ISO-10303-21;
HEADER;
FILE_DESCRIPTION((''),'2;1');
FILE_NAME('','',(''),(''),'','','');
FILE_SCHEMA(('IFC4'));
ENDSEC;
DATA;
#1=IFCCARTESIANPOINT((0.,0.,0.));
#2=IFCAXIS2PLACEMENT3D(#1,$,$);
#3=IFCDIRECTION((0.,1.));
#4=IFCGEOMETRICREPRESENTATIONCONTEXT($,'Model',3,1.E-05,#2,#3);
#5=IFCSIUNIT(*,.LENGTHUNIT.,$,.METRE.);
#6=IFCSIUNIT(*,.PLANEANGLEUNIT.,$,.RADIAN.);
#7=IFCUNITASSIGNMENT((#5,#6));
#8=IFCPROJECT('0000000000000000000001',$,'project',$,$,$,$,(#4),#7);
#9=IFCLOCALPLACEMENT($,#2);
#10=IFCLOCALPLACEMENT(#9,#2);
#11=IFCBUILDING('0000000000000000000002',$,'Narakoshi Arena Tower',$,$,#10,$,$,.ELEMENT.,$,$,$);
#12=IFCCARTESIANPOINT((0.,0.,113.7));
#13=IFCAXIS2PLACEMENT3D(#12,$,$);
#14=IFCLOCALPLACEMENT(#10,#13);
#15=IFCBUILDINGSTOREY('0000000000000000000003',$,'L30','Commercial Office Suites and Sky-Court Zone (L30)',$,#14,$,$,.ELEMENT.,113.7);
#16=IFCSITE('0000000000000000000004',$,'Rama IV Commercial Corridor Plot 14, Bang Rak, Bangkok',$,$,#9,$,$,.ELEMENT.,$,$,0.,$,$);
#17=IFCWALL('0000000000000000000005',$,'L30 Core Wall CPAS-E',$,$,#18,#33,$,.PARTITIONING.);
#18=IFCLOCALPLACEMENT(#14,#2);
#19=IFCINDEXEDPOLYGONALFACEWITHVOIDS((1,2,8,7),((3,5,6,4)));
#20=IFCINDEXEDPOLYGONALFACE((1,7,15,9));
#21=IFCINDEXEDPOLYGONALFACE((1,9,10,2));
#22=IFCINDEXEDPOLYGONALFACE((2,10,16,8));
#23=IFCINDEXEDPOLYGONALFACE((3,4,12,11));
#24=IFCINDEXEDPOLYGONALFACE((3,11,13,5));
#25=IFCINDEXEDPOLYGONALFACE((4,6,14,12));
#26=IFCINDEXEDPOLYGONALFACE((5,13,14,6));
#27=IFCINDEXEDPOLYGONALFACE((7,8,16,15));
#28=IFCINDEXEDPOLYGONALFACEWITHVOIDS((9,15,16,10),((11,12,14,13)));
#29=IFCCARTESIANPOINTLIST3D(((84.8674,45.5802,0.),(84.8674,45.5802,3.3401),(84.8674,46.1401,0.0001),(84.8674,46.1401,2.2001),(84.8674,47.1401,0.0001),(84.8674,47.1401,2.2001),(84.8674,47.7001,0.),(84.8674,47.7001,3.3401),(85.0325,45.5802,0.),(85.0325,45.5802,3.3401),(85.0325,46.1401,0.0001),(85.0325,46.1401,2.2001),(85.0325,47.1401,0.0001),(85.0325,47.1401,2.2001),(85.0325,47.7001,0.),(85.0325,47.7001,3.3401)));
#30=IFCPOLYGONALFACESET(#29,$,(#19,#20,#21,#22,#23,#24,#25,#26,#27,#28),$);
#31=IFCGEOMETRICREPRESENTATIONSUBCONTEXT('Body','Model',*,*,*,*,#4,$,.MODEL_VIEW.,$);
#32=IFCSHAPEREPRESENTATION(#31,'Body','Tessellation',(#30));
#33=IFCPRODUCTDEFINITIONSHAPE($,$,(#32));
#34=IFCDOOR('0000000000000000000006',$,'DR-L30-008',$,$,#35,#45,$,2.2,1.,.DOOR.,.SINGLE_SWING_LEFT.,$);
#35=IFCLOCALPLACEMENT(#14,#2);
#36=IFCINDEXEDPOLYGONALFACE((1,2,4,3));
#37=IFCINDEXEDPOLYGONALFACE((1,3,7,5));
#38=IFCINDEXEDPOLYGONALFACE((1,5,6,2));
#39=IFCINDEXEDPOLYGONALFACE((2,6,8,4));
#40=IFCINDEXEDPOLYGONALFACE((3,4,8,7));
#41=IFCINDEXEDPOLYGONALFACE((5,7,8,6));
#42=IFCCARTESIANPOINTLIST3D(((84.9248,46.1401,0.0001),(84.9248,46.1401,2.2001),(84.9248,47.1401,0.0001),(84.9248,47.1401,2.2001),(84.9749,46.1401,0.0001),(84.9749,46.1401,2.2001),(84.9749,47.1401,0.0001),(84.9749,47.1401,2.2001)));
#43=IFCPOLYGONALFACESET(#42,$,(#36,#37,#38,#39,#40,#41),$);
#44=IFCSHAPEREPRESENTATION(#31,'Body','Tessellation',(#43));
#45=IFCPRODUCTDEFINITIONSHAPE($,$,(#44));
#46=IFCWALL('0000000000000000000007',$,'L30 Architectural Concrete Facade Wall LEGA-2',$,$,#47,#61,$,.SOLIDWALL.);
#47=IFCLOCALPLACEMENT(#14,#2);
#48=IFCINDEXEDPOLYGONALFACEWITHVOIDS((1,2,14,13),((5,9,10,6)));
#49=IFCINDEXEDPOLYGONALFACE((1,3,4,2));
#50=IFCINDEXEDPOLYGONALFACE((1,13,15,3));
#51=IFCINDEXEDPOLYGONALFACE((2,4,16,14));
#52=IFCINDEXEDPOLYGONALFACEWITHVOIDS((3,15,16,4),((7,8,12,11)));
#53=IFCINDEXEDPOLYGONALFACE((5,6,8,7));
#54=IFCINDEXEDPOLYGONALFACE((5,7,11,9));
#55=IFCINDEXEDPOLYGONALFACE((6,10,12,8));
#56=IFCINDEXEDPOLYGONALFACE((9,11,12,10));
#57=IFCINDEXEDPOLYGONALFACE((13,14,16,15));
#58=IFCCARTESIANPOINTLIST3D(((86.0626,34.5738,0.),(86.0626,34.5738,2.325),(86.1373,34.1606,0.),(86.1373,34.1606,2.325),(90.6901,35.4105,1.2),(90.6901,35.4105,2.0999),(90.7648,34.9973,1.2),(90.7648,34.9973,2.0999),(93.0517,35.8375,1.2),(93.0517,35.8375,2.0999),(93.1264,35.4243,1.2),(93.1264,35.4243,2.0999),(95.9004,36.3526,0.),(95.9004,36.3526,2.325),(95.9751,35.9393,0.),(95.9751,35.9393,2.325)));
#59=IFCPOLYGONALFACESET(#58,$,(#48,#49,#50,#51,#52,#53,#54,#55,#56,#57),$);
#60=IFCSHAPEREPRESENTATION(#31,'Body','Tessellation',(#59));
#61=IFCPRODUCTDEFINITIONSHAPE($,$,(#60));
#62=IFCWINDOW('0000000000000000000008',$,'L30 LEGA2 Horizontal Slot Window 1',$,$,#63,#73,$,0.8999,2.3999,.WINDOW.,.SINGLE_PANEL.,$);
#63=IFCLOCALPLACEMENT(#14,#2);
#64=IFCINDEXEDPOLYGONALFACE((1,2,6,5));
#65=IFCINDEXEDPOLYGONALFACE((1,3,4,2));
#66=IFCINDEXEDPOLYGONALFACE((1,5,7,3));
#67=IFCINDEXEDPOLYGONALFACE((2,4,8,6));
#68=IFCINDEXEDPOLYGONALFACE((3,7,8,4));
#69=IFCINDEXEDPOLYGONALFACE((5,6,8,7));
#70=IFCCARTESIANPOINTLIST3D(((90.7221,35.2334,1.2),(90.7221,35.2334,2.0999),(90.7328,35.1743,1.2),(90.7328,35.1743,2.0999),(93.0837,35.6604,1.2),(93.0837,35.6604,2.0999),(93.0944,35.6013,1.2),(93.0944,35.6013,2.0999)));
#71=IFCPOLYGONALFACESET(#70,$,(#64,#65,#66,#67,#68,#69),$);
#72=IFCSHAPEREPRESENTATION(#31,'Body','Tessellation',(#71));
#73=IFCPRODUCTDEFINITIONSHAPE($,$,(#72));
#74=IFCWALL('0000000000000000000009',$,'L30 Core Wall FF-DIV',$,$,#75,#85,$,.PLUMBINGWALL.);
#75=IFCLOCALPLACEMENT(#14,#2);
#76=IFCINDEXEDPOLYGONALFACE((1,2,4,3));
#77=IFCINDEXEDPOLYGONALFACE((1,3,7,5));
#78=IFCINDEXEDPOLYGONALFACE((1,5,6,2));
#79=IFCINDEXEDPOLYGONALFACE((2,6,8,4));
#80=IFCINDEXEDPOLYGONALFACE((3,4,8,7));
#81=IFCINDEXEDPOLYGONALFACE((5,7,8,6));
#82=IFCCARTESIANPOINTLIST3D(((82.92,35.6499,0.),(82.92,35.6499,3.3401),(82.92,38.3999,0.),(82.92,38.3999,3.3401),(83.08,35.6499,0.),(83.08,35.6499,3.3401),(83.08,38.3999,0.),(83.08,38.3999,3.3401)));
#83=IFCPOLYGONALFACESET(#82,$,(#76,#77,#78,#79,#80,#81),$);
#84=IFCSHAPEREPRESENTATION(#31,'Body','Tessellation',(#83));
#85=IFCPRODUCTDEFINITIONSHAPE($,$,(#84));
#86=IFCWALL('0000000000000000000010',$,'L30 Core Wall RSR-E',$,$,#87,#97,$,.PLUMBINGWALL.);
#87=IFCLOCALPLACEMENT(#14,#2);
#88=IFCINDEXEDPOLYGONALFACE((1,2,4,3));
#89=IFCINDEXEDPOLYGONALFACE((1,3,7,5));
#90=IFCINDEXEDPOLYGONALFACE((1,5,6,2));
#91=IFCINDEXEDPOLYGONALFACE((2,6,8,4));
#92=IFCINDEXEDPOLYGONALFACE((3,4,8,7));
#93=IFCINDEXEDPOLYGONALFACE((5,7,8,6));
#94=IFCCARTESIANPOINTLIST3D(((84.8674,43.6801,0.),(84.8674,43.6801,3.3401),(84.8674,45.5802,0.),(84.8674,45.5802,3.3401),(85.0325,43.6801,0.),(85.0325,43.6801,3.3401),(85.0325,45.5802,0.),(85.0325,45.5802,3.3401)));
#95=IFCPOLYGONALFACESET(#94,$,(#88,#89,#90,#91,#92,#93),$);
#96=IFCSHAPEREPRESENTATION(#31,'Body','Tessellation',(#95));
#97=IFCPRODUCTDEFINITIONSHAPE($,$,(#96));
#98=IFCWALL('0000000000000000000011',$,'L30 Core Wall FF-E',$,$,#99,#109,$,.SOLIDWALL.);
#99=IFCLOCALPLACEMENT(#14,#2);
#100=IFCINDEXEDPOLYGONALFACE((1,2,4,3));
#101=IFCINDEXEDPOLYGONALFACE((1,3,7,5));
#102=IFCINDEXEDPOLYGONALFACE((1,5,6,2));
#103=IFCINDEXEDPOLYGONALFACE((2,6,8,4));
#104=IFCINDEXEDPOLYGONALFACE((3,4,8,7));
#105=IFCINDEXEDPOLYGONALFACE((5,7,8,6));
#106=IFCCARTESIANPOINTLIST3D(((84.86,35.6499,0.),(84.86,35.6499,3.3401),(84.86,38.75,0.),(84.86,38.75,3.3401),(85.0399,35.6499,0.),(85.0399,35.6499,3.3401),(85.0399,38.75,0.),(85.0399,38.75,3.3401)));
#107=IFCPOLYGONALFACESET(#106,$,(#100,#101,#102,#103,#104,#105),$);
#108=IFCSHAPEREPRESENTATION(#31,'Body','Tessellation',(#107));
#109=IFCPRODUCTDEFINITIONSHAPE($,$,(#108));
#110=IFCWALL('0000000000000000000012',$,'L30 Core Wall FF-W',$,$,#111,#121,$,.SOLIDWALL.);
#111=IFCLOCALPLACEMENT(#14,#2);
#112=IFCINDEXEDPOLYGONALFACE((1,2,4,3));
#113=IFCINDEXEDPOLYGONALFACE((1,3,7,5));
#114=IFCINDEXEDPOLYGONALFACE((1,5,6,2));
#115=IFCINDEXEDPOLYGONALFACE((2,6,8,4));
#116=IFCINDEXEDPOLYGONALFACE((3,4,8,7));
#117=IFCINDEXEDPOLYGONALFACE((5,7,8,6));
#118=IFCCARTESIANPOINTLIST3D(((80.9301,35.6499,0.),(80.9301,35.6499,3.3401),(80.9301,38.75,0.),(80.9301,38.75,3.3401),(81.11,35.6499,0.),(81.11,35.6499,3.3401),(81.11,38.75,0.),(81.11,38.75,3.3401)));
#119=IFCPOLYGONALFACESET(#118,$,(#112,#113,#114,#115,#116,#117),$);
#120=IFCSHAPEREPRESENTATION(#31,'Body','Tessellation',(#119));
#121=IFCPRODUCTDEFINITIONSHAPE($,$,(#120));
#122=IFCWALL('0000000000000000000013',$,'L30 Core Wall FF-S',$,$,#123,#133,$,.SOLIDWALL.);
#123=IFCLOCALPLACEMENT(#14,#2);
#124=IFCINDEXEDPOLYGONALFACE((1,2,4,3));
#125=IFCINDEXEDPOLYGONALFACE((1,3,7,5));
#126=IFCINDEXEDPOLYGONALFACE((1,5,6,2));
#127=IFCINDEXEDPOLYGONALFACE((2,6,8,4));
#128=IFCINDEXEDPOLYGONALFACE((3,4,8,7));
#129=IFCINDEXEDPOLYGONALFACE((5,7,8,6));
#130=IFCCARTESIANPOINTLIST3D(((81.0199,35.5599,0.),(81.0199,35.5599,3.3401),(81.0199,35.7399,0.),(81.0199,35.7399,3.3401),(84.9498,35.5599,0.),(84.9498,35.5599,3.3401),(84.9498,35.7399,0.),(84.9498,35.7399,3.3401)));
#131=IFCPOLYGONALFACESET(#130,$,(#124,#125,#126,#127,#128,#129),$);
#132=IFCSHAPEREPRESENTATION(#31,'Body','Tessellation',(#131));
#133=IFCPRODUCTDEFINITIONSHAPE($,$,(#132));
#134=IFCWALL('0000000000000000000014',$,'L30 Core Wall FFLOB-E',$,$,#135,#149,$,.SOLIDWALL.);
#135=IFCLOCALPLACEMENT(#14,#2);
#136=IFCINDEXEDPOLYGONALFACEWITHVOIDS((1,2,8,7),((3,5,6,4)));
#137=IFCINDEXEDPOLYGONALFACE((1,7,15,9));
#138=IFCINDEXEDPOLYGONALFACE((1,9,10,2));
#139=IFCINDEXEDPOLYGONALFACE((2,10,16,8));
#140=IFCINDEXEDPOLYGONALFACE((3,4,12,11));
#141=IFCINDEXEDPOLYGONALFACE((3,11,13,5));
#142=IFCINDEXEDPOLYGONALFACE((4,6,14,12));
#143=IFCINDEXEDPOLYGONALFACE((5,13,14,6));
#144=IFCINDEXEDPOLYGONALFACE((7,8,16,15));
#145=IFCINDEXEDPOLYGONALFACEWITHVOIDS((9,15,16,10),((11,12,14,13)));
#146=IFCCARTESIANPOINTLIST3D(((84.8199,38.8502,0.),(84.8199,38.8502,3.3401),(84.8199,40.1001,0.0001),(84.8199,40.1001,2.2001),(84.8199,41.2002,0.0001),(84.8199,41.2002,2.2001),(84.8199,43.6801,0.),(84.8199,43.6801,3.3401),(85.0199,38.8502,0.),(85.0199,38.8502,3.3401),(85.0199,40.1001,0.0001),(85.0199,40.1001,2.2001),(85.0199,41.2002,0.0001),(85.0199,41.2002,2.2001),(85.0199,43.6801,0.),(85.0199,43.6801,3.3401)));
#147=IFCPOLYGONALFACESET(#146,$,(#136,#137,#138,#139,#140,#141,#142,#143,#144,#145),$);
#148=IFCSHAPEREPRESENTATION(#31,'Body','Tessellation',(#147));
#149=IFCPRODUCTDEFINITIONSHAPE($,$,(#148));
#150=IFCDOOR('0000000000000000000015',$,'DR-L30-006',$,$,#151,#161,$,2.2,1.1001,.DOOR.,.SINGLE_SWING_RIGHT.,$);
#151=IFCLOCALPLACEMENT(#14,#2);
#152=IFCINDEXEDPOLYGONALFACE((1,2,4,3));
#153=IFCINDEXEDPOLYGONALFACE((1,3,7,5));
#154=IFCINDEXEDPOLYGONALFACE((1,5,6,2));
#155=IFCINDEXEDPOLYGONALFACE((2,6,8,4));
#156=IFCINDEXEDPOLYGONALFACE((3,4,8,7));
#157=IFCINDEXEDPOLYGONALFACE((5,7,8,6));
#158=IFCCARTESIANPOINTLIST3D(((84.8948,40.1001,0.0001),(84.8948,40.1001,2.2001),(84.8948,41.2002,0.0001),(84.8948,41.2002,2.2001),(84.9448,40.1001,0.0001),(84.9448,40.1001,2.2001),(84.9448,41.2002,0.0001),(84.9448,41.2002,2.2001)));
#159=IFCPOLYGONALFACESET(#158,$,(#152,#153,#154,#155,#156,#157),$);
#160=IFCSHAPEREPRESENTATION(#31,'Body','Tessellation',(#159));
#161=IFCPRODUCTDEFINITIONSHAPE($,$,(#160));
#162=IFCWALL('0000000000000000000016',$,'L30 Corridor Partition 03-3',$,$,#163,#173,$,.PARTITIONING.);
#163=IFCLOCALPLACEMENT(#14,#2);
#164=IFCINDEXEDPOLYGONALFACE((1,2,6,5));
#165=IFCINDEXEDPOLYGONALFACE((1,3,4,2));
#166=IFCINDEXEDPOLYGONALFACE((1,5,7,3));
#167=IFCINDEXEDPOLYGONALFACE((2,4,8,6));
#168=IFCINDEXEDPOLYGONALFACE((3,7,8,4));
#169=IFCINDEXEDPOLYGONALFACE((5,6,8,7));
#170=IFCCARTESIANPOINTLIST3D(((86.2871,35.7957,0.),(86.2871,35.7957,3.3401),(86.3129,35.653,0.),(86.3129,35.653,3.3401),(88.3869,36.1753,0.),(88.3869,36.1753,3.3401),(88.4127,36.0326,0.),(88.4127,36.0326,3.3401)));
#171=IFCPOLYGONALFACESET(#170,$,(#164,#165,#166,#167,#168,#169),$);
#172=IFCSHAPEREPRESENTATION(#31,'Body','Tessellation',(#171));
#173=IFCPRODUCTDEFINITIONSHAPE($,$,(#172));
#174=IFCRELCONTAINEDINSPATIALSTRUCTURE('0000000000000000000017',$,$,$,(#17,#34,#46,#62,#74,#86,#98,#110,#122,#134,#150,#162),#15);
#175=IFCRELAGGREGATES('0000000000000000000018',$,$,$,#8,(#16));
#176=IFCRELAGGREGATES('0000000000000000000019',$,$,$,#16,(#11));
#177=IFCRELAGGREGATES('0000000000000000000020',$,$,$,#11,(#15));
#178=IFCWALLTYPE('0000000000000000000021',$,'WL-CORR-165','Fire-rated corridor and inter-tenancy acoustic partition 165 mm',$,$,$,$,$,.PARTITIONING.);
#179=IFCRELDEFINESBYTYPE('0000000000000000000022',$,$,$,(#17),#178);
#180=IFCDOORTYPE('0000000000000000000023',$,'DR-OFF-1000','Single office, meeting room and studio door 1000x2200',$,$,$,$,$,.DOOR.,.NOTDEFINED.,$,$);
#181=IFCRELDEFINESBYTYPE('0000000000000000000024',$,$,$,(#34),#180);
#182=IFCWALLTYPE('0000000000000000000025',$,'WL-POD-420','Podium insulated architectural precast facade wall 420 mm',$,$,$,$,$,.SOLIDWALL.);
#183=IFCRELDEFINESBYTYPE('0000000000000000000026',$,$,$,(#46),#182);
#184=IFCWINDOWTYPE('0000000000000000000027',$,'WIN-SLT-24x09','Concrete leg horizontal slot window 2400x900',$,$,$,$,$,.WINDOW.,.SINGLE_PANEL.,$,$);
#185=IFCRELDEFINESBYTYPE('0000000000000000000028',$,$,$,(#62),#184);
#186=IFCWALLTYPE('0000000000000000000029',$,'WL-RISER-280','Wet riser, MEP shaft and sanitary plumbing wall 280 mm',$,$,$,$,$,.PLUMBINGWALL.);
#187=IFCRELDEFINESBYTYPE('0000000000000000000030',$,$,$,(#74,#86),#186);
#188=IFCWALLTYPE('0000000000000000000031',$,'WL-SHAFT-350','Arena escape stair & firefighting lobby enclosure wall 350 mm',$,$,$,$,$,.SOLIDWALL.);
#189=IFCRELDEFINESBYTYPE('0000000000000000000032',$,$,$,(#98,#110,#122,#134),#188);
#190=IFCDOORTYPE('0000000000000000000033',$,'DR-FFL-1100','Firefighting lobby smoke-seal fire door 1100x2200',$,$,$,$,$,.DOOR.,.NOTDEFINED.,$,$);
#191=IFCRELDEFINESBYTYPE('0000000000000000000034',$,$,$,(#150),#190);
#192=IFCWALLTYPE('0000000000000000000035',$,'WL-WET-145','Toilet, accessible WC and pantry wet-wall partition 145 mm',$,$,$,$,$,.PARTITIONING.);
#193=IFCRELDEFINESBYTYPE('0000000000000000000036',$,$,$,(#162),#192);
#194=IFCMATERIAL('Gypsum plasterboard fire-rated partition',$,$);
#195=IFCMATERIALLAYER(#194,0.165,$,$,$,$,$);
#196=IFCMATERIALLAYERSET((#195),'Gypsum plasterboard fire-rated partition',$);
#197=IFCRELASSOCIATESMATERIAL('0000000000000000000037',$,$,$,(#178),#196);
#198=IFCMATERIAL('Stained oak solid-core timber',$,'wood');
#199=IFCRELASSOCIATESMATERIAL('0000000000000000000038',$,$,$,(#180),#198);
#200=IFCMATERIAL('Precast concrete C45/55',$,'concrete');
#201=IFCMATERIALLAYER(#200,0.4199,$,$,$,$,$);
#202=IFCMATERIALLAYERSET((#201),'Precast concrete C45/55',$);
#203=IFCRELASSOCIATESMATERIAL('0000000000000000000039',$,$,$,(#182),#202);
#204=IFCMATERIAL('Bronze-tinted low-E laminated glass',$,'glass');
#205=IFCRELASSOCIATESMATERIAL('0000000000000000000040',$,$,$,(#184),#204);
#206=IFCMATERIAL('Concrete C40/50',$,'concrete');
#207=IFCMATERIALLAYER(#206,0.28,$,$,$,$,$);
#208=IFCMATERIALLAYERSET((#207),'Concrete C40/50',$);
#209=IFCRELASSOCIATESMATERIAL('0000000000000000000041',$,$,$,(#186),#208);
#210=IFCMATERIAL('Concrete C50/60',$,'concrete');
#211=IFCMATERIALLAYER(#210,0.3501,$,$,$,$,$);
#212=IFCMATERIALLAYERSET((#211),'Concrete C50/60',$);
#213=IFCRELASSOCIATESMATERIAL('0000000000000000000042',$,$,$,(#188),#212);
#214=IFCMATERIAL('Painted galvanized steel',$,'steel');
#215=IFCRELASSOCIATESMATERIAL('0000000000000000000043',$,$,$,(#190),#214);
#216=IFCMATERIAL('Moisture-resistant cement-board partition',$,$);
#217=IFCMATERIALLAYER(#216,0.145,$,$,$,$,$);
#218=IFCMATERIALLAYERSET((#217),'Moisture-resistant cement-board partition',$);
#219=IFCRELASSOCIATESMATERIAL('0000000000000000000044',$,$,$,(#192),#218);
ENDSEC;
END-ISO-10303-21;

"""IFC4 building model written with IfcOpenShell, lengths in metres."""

from ifc_helpers import new_model, si_unit, direction, frame, frame_2d, origin, place, context, subcontext, project, spatial, rectangle, extrude, material, layer, layer_set, type_object, element, fill, save


model = new_model("IFC4")

# Units and contexts
model_context = context("Model", 3, precision=1e-05, world=origin(), true_north=direction((0.0, 1.0)))
body_context = subcontext(model_context, "Body", "Model", "MODEL_VIEW")
ifc_project = project(units=[si_unit("LENGTHUNIT", "METRE"), si_unit("PLANEANGLEUNIT", "RADIAN")], contexts=[model_context])

# Site, building, storey
site_placement = place(None, origin())
site = spatial("IfcSite", under=ifc_project, at=site_placement, Name="Rama IV Commercial Corridor Plot 14, Bang Rak, Bangkok", CompositionType="ELEMENT", RefElevation=0.0)
building_placement = place(site_placement, origin())
building = spatial("IfcBuilding", under=site, at=building_placement, Name="Narakoshi Arena Tower", CompositionType="ELEMENT")
storey_placement = place(building_placement, frame((0.0, 0.0, 113.7)))
storey = spatial("IfcBuildingStorey", under=building, at=storey_placement, Name="L30", Description="Commercial Office Suites and Sky-Court Zone (L30)", CompositionType="ELEMENT", Elevation=113.7)

# Wall, opening, door
ifc_material_1 = material(Name="Gypsum plasterboard fire-rated partition")
ifc_layer_1 = layer(ifc_material_1, 0.165)
ifc_layer_set_1 = layer_set([ifc_layer_1], Name="Gypsum plasterboard fire-rated partition")
wall_type_1 = type_object("IfcWallType", Name="WL-CORR-165", Description="Fire-rated corridor and inter-tenancy acoustic partition 165 mm", PredefinedType="PARTITIONING", material=ifc_layer_set_1)
wall_1_placement = place(storey_placement, frame((84.95, 45.5801, 0.0), z_axis=(0.0, 0.0, 1.0), x_axis=(0.0, 1.0, 0.0)))
wall_1 = element("IfcWall", 1, at=wall_1_placement, inside=storey, type_object=wall_type_1, Name="L30 Core Wall CPAS-E", PredefinedType="PARTITIONING", context=body_context, shape_type="SweptSolid", body=[
    extrude(rectangle(XDim=2.1199, YDim=0.165, at=frame_2d((1.0601, 0.0))), origin(), (0.0, 0.0, 1.0), 3.3401),
])
opening_1_placement = place(wall_1_placement, frame((0.5601, 0.0, 0.0)))
opening_1 = element("IfcOpeningElement", 2, at=opening_1_placement, cuts=wall_1, PredefinedType="OPENING", context=body_context, shape_type="SweptSolid", body=[
    extrude(rectangle(XDim=1.0, YDim=2.2, at=frame_2d((0.5, 1.1001))), frame((0.0, 0.0925, 0.0), z_axis=(0.0, -1.0, 0.0), x_axis=(1.0, 0.0, 0.0)), (0.0, 0.0, 1.0), 0.1851),
])
ifc_material_2 = material(Name="Stained oak solid-core timber", Category="wood")
door_type_1 = type_object("IfcDoorType", Name="DR-OFF-1000", Description="Single office, meeting room and studio door 1000x2200", OperationType="NOTDEFINED", PredefinedType="DOOR", material=ifc_material_2)
door_1_placement = place(opening_1_placement, frame((1.0, 0.0, 0.0), z_axis=(0.0, 0.0, 1.0), x_axis=(-1.0, 0.0, 0.0)))
door_1 = element("IfcDoor", 3, at=door_1_placement, inside=storey, type_object=door_type_1, Name="DR-L30-008", OperationType="SINGLE_SWING_LEFT", OverallHeight=2.2, OverallWidth=1.0, PredefinedType="DOOR", context=body_context, shape_type="SweptSolid", body=[
    extrude(rectangle(XDim=1.0, YDim=2.2, at=frame_2d((0.5, 1.1001))), frame((0.0, 0.0249, 0.0), z_axis=(0.0, -1.0, 0.0), x_axis=(1.0, 0.0, 0.0)), (0.0, 0.0, 1.0), 0.05),
])
fill(opening_1, door_1)

# Wall, opening, window
ifc_material_3 = material(Name="Precast concrete C45/55", Category="concrete")
ifc_layer_2 = layer(ifc_material_3, 0.4199)
ifc_layer_set_2 = layer_set([ifc_layer_2], Name="Precast concrete C45/55")
wall_type_2 = type_object("IfcWallType", Name="WL-POD-420", Description="Podium insulated architectural precast facade wall 420 mm", PredefinedType="SOLIDWALL", material=ifc_layer_set_2)
wall_2_placement = place(storey_placement, frame((86.1001, 34.3672, 0.0), z_axis=(0.0, 0.0, 1.0), x_axis=(0.984044, 0.177927, 0.0)))
wall_2 = element("IfcWall", 4, at=wall_2_placement, inside=storey, type_object=wall_type_2, Name="L30 Architectural Concrete Facade Wall LEGA-2", PredefinedType="SOLIDWALL", context=body_context, shape_type="SweptSolid", body=[
    extrude(rectangle(XDim=9.9973, YDim=0.4199, at=frame_2d((4.9985, 0.0))), origin(), (0.0, 0.0, 1.0), 2.325),
])
opening_2_placement = place(wall_2_placement, frame((4.7024, 0.0, 1.2)))
opening_2 = element("IfcOpeningElement", 5, at=opening_2_placement, cuts=wall_2, PredefinedType="OPENING", context=body_context, shape_type="SweptSolid", body=[
    extrude(rectangle(XDim=2.3999, YDim=0.8999, at=frame_2d((1.2, 0.45))), frame((0.0, 0.22, 0.0), z_axis=(0.0, -1.0, 0.0), x_axis=(1.0, 0.0, 0.0)), (0.0, 0.0, 1.0), 0.4399),
])
ifc_material_4 = material(Name="Bronze-tinted low-E laminated glass", Category="glass")
window_type = type_object("IfcWindowType", Name="WIN-SLT-24x09", Description="Concrete leg horizontal slot window 2400x900", PartitioningType="SINGLE_PANEL", PredefinedType="WINDOW", material=ifc_material_4)
window_placement = place(opening_2_placement, origin())
window = element("IfcWindow", 6, at=window_placement, inside=storey, type_object=window_type, Name="L30 LEGA2 Horizontal Slot Window 1", OverallHeight=0.8999, OverallWidth=2.3999, PartitioningType="SINGLE_PANEL", PredefinedType="WINDOW", context=body_context, shape_type="SweptSolid", body=[
    extrude(rectangle(XDim=2.3999, YDim=0.8999, at=frame_2d((1.2, 0.45))), frame((0.0, 0.03, 0.0), z_axis=(0.0, -1.0, 0.0), x_axis=(1.0, 0.0, 0.0)), (0.0, 0.0, 1.0), 0.0601),
])
fill(opening_2, window)

# Walls
ifc_material_5 = material(Name="Concrete C40/50", Category="concrete")
ifc_layer_3 = layer(ifc_material_5, 0.28)
ifc_layer_set_3 = layer_set([ifc_layer_3], Name="Concrete C40/50")
wall_type_3 = type_object("IfcWallType", Name="WL-RISER-280", Description="Wet riser, MEP shaft and sanitary plumbing wall 280 mm", PredefinedType="PLUMBINGWALL", material=ifc_layer_set_3)
wall_3_placement = place(storey_placement, frame((83.0, 35.6499, 0.0), z_axis=(0.0, 0.0, 1.0), x_axis=(0.0, 1.0, 0.0)))
element("IfcWall", 7, at=wall_3_placement, inside=storey, type_object=wall_type_3, Name="L30 Core Wall FF-DIV", PredefinedType="PLUMBINGWALL", context=body_context, shape_type="SweptSolid", body=[
    extrude(rectangle(XDim=2.75, YDim=0.1599, at=frame_2d((1.375, 0.0))), origin(), (0.0, 0.0, 1.0), 3.3401),
])
wall_4_placement = place(storey_placement, frame((84.95, 43.6799, 0.0), z_axis=(0.0, 0.0, 1.0), x_axis=(0.0, 1.0, 0.0)))
element("IfcWall", 8, at=wall_4_placement, inside=storey, type_object=wall_type_3, Name="L30 Core Wall RSR-E", PredefinedType="PLUMBINGWALL", context=body_context, shape_type="SweptSolid", body=[
    extrude(rectangle(XDim=1.9001, YDim=0.165, at=frame_2d((0.9502, 0.0))), origin(), (0.0, 0.0, 1.0), 3.3401),
])
ifc_material_6 = material(Name="Concrete C50/60", Category="concrete")
ifc_layer_4 = layer(ifc_material_6, 0.3501)
ifc_layer_set_4 = layer_set([ifc_layer_4], Name="Concrete C50/60")
wall_type_4 = type_object("IfcWallType", Name="WL-SHAFT-350", Description="Arena escape stair & firefighting lobby enclosure wall 350 mm", PredefinedType="SOLIDWALL", material=ifc_layer_set_4)
for number, where, z_axis, x_axis, name in (
    (9, (84.95, 35.6499, 0.0), (0.0, 0.0, 1.0), (0.0, 1.0, 0.0), "L30 Core Wall FF-E"),
    (10, (81.02, 35.6499, 0.0), (0.0, 0.0, 1.0), (0.0, 1.0, 0.0), "L30 Core Wall FF-W"),
):
    element("IfcWall", number, at=place(storey_placement, frame(where, z_axis=z_axis, x_axis=x_axis)), inside=storey, type_object=wall_type_4, Name=name, PredefinedType="SOLIDWALL", context=body_context, shape_type="SweptSolid", body=[
        extrude(rectangle(XDim=3.1001, YDim=0.1799, at=frame_2d((1.55, 0.0))), origin(), (0.0, 0.0, 1.0), 3.3401),
    ])
wall_5_placement = place(storey_placement, frame((81.02, 35.6499, 0.0), z_axis=(0.0, 0.0, 1.0), x_axis=(1.0, 0.0, 0.0)))
element("IfcWall", 11, at=wall_5_placement, inside=storey, type_object=wall_type_4, Name="L30 Core Wall FF-S", PredefinedType="SOLIDWALL", context=body_context, shape_type="SweptSolid", body=[
    extrude(rectangle(XDim=3.9299, YDim=0.1799, at=frame_2d((1.9648, 0.0))), origin(), (0.0, 0.0, 1.0), 3.3401),
])

# Wall, opening, door
wall_6_placement = place(storey_placement, frame((84.9199, 38.8501, 0.0), z_axis=(0.0, 0.0, 1.0), x_axis=(0.0, 1.0, 0.0)))
wall_6 = element("IfcWall", 12, at=wall_6_placement, inside=storey, type_object=wall_type_4, Name="L30 Core Wall FFLOB-E", PredefinedType="SOLIDWALL", context=body_context, shape_type="SweptSolid", body=[
    extrude(rectangle(XDim=4.8298, YDim=0.2, at=frame_2d((2.415, 0.0))), origin(), (0.0, 0.0, 1.0), 3.3401),
])
opening_3_placement = place(wall_6_placement, frame((1.25, 0.0, 0.0)))
opening_3 = element("IfcOpeningElement", 13, at=opening_3_placement, cuts=wall_6, PredefinedType="OPENING", context=body_context, shape_type="SweptSolid", body=[
    extrude(rectangle(XDim=1.1001, YDim=2.2, at=frame_2d((0.55, 1.1001))), frame((0.0, 0.1099, 0.0), z_axis=(0.0, -1.0, 0.0), x_axis=(1.0, 0.0, 0.0)), (0.0, 0.0, 1.0), 0.22),
])
ifc_material_7 = material(Name="Painted galvanized steel", Category="steel")
door_type_2 = type_object("IfcDoorType", Name="DR-FFL-1100", Description="Firefighting lobby smoke-seal fire door 1100x2200", OperationType="NOTDEFINED", PredefinedType="DOOR", material=ifc_material_7)
door_2_placement = place(opening_3_placement, frame((1.1001, 0.0, 0.0), z_axis=(0.0, 0.0, 1.0), x_axis=(-1.0, 0.0, 0.0)))
door_2 = element("IfcDoor", 14, at=door_2_placement, inside=storey, type_object=door_type_2, Name="DR-L30-006", OperationType="SINGLE_SWING_RIGHT", OverallHeight=2.2, OverallWidth=1.1001, PredefinedType="DOOR", context=body_context, shape_type="SweptSolid", body=[
    extrude(rectangle(XDim=1.1001, YDim=2.2, at=frame_2d((0.55, 1.1001))), frame((0.0, 0.0249, 0.0), z_axis=(0.0, -1.0, 0.0), x_axis=(1.0, 0.0, 0.0)), (0.0, 0.0, 1.0), 0.05),
])
fill(opening_3, door_2)

# Wall
ifc_material_8 = material(Name="Moisture-resistant cement-board partition")
ifc_layer_5 = layer(ifc_material_8, 0.145)
ifc_layer_set_5 = layer_set([ifc_layer_5], Name="Moisture-resistant cement-board partition")
wall_type_5 = type_object("IfcWallType", Name="WL-WET-145", Description="Toilet, accessible WC and pantry wet-wall partition 145 mm", PredefinedType="PARTITIONING", material=ifc_layer_set_5)
wall_7_placement = place(storey_placement, frame((86.3, 35.7244, 0.0), z_axis=(0.0, 0.0, 1.0), x_axis=(0.984047, 0.177909, 0.0)))
element("IfcWall", 15, at=wall_7_placement, inside=storey, type_object=wall_type_5, Name="L30 Corridor Partition 03-3", PredefinedType="PARTITIONING", context=body_context, shape_type="SweptSolid", body=[
    extrude(rectangle(XDim=2.1338, YDim=0.145, at=frame_2d((1.0669, 0.0))), origin(), (0.0, 0.0, 1.0), 3.3401),
])

save(model, "model.ifc")
